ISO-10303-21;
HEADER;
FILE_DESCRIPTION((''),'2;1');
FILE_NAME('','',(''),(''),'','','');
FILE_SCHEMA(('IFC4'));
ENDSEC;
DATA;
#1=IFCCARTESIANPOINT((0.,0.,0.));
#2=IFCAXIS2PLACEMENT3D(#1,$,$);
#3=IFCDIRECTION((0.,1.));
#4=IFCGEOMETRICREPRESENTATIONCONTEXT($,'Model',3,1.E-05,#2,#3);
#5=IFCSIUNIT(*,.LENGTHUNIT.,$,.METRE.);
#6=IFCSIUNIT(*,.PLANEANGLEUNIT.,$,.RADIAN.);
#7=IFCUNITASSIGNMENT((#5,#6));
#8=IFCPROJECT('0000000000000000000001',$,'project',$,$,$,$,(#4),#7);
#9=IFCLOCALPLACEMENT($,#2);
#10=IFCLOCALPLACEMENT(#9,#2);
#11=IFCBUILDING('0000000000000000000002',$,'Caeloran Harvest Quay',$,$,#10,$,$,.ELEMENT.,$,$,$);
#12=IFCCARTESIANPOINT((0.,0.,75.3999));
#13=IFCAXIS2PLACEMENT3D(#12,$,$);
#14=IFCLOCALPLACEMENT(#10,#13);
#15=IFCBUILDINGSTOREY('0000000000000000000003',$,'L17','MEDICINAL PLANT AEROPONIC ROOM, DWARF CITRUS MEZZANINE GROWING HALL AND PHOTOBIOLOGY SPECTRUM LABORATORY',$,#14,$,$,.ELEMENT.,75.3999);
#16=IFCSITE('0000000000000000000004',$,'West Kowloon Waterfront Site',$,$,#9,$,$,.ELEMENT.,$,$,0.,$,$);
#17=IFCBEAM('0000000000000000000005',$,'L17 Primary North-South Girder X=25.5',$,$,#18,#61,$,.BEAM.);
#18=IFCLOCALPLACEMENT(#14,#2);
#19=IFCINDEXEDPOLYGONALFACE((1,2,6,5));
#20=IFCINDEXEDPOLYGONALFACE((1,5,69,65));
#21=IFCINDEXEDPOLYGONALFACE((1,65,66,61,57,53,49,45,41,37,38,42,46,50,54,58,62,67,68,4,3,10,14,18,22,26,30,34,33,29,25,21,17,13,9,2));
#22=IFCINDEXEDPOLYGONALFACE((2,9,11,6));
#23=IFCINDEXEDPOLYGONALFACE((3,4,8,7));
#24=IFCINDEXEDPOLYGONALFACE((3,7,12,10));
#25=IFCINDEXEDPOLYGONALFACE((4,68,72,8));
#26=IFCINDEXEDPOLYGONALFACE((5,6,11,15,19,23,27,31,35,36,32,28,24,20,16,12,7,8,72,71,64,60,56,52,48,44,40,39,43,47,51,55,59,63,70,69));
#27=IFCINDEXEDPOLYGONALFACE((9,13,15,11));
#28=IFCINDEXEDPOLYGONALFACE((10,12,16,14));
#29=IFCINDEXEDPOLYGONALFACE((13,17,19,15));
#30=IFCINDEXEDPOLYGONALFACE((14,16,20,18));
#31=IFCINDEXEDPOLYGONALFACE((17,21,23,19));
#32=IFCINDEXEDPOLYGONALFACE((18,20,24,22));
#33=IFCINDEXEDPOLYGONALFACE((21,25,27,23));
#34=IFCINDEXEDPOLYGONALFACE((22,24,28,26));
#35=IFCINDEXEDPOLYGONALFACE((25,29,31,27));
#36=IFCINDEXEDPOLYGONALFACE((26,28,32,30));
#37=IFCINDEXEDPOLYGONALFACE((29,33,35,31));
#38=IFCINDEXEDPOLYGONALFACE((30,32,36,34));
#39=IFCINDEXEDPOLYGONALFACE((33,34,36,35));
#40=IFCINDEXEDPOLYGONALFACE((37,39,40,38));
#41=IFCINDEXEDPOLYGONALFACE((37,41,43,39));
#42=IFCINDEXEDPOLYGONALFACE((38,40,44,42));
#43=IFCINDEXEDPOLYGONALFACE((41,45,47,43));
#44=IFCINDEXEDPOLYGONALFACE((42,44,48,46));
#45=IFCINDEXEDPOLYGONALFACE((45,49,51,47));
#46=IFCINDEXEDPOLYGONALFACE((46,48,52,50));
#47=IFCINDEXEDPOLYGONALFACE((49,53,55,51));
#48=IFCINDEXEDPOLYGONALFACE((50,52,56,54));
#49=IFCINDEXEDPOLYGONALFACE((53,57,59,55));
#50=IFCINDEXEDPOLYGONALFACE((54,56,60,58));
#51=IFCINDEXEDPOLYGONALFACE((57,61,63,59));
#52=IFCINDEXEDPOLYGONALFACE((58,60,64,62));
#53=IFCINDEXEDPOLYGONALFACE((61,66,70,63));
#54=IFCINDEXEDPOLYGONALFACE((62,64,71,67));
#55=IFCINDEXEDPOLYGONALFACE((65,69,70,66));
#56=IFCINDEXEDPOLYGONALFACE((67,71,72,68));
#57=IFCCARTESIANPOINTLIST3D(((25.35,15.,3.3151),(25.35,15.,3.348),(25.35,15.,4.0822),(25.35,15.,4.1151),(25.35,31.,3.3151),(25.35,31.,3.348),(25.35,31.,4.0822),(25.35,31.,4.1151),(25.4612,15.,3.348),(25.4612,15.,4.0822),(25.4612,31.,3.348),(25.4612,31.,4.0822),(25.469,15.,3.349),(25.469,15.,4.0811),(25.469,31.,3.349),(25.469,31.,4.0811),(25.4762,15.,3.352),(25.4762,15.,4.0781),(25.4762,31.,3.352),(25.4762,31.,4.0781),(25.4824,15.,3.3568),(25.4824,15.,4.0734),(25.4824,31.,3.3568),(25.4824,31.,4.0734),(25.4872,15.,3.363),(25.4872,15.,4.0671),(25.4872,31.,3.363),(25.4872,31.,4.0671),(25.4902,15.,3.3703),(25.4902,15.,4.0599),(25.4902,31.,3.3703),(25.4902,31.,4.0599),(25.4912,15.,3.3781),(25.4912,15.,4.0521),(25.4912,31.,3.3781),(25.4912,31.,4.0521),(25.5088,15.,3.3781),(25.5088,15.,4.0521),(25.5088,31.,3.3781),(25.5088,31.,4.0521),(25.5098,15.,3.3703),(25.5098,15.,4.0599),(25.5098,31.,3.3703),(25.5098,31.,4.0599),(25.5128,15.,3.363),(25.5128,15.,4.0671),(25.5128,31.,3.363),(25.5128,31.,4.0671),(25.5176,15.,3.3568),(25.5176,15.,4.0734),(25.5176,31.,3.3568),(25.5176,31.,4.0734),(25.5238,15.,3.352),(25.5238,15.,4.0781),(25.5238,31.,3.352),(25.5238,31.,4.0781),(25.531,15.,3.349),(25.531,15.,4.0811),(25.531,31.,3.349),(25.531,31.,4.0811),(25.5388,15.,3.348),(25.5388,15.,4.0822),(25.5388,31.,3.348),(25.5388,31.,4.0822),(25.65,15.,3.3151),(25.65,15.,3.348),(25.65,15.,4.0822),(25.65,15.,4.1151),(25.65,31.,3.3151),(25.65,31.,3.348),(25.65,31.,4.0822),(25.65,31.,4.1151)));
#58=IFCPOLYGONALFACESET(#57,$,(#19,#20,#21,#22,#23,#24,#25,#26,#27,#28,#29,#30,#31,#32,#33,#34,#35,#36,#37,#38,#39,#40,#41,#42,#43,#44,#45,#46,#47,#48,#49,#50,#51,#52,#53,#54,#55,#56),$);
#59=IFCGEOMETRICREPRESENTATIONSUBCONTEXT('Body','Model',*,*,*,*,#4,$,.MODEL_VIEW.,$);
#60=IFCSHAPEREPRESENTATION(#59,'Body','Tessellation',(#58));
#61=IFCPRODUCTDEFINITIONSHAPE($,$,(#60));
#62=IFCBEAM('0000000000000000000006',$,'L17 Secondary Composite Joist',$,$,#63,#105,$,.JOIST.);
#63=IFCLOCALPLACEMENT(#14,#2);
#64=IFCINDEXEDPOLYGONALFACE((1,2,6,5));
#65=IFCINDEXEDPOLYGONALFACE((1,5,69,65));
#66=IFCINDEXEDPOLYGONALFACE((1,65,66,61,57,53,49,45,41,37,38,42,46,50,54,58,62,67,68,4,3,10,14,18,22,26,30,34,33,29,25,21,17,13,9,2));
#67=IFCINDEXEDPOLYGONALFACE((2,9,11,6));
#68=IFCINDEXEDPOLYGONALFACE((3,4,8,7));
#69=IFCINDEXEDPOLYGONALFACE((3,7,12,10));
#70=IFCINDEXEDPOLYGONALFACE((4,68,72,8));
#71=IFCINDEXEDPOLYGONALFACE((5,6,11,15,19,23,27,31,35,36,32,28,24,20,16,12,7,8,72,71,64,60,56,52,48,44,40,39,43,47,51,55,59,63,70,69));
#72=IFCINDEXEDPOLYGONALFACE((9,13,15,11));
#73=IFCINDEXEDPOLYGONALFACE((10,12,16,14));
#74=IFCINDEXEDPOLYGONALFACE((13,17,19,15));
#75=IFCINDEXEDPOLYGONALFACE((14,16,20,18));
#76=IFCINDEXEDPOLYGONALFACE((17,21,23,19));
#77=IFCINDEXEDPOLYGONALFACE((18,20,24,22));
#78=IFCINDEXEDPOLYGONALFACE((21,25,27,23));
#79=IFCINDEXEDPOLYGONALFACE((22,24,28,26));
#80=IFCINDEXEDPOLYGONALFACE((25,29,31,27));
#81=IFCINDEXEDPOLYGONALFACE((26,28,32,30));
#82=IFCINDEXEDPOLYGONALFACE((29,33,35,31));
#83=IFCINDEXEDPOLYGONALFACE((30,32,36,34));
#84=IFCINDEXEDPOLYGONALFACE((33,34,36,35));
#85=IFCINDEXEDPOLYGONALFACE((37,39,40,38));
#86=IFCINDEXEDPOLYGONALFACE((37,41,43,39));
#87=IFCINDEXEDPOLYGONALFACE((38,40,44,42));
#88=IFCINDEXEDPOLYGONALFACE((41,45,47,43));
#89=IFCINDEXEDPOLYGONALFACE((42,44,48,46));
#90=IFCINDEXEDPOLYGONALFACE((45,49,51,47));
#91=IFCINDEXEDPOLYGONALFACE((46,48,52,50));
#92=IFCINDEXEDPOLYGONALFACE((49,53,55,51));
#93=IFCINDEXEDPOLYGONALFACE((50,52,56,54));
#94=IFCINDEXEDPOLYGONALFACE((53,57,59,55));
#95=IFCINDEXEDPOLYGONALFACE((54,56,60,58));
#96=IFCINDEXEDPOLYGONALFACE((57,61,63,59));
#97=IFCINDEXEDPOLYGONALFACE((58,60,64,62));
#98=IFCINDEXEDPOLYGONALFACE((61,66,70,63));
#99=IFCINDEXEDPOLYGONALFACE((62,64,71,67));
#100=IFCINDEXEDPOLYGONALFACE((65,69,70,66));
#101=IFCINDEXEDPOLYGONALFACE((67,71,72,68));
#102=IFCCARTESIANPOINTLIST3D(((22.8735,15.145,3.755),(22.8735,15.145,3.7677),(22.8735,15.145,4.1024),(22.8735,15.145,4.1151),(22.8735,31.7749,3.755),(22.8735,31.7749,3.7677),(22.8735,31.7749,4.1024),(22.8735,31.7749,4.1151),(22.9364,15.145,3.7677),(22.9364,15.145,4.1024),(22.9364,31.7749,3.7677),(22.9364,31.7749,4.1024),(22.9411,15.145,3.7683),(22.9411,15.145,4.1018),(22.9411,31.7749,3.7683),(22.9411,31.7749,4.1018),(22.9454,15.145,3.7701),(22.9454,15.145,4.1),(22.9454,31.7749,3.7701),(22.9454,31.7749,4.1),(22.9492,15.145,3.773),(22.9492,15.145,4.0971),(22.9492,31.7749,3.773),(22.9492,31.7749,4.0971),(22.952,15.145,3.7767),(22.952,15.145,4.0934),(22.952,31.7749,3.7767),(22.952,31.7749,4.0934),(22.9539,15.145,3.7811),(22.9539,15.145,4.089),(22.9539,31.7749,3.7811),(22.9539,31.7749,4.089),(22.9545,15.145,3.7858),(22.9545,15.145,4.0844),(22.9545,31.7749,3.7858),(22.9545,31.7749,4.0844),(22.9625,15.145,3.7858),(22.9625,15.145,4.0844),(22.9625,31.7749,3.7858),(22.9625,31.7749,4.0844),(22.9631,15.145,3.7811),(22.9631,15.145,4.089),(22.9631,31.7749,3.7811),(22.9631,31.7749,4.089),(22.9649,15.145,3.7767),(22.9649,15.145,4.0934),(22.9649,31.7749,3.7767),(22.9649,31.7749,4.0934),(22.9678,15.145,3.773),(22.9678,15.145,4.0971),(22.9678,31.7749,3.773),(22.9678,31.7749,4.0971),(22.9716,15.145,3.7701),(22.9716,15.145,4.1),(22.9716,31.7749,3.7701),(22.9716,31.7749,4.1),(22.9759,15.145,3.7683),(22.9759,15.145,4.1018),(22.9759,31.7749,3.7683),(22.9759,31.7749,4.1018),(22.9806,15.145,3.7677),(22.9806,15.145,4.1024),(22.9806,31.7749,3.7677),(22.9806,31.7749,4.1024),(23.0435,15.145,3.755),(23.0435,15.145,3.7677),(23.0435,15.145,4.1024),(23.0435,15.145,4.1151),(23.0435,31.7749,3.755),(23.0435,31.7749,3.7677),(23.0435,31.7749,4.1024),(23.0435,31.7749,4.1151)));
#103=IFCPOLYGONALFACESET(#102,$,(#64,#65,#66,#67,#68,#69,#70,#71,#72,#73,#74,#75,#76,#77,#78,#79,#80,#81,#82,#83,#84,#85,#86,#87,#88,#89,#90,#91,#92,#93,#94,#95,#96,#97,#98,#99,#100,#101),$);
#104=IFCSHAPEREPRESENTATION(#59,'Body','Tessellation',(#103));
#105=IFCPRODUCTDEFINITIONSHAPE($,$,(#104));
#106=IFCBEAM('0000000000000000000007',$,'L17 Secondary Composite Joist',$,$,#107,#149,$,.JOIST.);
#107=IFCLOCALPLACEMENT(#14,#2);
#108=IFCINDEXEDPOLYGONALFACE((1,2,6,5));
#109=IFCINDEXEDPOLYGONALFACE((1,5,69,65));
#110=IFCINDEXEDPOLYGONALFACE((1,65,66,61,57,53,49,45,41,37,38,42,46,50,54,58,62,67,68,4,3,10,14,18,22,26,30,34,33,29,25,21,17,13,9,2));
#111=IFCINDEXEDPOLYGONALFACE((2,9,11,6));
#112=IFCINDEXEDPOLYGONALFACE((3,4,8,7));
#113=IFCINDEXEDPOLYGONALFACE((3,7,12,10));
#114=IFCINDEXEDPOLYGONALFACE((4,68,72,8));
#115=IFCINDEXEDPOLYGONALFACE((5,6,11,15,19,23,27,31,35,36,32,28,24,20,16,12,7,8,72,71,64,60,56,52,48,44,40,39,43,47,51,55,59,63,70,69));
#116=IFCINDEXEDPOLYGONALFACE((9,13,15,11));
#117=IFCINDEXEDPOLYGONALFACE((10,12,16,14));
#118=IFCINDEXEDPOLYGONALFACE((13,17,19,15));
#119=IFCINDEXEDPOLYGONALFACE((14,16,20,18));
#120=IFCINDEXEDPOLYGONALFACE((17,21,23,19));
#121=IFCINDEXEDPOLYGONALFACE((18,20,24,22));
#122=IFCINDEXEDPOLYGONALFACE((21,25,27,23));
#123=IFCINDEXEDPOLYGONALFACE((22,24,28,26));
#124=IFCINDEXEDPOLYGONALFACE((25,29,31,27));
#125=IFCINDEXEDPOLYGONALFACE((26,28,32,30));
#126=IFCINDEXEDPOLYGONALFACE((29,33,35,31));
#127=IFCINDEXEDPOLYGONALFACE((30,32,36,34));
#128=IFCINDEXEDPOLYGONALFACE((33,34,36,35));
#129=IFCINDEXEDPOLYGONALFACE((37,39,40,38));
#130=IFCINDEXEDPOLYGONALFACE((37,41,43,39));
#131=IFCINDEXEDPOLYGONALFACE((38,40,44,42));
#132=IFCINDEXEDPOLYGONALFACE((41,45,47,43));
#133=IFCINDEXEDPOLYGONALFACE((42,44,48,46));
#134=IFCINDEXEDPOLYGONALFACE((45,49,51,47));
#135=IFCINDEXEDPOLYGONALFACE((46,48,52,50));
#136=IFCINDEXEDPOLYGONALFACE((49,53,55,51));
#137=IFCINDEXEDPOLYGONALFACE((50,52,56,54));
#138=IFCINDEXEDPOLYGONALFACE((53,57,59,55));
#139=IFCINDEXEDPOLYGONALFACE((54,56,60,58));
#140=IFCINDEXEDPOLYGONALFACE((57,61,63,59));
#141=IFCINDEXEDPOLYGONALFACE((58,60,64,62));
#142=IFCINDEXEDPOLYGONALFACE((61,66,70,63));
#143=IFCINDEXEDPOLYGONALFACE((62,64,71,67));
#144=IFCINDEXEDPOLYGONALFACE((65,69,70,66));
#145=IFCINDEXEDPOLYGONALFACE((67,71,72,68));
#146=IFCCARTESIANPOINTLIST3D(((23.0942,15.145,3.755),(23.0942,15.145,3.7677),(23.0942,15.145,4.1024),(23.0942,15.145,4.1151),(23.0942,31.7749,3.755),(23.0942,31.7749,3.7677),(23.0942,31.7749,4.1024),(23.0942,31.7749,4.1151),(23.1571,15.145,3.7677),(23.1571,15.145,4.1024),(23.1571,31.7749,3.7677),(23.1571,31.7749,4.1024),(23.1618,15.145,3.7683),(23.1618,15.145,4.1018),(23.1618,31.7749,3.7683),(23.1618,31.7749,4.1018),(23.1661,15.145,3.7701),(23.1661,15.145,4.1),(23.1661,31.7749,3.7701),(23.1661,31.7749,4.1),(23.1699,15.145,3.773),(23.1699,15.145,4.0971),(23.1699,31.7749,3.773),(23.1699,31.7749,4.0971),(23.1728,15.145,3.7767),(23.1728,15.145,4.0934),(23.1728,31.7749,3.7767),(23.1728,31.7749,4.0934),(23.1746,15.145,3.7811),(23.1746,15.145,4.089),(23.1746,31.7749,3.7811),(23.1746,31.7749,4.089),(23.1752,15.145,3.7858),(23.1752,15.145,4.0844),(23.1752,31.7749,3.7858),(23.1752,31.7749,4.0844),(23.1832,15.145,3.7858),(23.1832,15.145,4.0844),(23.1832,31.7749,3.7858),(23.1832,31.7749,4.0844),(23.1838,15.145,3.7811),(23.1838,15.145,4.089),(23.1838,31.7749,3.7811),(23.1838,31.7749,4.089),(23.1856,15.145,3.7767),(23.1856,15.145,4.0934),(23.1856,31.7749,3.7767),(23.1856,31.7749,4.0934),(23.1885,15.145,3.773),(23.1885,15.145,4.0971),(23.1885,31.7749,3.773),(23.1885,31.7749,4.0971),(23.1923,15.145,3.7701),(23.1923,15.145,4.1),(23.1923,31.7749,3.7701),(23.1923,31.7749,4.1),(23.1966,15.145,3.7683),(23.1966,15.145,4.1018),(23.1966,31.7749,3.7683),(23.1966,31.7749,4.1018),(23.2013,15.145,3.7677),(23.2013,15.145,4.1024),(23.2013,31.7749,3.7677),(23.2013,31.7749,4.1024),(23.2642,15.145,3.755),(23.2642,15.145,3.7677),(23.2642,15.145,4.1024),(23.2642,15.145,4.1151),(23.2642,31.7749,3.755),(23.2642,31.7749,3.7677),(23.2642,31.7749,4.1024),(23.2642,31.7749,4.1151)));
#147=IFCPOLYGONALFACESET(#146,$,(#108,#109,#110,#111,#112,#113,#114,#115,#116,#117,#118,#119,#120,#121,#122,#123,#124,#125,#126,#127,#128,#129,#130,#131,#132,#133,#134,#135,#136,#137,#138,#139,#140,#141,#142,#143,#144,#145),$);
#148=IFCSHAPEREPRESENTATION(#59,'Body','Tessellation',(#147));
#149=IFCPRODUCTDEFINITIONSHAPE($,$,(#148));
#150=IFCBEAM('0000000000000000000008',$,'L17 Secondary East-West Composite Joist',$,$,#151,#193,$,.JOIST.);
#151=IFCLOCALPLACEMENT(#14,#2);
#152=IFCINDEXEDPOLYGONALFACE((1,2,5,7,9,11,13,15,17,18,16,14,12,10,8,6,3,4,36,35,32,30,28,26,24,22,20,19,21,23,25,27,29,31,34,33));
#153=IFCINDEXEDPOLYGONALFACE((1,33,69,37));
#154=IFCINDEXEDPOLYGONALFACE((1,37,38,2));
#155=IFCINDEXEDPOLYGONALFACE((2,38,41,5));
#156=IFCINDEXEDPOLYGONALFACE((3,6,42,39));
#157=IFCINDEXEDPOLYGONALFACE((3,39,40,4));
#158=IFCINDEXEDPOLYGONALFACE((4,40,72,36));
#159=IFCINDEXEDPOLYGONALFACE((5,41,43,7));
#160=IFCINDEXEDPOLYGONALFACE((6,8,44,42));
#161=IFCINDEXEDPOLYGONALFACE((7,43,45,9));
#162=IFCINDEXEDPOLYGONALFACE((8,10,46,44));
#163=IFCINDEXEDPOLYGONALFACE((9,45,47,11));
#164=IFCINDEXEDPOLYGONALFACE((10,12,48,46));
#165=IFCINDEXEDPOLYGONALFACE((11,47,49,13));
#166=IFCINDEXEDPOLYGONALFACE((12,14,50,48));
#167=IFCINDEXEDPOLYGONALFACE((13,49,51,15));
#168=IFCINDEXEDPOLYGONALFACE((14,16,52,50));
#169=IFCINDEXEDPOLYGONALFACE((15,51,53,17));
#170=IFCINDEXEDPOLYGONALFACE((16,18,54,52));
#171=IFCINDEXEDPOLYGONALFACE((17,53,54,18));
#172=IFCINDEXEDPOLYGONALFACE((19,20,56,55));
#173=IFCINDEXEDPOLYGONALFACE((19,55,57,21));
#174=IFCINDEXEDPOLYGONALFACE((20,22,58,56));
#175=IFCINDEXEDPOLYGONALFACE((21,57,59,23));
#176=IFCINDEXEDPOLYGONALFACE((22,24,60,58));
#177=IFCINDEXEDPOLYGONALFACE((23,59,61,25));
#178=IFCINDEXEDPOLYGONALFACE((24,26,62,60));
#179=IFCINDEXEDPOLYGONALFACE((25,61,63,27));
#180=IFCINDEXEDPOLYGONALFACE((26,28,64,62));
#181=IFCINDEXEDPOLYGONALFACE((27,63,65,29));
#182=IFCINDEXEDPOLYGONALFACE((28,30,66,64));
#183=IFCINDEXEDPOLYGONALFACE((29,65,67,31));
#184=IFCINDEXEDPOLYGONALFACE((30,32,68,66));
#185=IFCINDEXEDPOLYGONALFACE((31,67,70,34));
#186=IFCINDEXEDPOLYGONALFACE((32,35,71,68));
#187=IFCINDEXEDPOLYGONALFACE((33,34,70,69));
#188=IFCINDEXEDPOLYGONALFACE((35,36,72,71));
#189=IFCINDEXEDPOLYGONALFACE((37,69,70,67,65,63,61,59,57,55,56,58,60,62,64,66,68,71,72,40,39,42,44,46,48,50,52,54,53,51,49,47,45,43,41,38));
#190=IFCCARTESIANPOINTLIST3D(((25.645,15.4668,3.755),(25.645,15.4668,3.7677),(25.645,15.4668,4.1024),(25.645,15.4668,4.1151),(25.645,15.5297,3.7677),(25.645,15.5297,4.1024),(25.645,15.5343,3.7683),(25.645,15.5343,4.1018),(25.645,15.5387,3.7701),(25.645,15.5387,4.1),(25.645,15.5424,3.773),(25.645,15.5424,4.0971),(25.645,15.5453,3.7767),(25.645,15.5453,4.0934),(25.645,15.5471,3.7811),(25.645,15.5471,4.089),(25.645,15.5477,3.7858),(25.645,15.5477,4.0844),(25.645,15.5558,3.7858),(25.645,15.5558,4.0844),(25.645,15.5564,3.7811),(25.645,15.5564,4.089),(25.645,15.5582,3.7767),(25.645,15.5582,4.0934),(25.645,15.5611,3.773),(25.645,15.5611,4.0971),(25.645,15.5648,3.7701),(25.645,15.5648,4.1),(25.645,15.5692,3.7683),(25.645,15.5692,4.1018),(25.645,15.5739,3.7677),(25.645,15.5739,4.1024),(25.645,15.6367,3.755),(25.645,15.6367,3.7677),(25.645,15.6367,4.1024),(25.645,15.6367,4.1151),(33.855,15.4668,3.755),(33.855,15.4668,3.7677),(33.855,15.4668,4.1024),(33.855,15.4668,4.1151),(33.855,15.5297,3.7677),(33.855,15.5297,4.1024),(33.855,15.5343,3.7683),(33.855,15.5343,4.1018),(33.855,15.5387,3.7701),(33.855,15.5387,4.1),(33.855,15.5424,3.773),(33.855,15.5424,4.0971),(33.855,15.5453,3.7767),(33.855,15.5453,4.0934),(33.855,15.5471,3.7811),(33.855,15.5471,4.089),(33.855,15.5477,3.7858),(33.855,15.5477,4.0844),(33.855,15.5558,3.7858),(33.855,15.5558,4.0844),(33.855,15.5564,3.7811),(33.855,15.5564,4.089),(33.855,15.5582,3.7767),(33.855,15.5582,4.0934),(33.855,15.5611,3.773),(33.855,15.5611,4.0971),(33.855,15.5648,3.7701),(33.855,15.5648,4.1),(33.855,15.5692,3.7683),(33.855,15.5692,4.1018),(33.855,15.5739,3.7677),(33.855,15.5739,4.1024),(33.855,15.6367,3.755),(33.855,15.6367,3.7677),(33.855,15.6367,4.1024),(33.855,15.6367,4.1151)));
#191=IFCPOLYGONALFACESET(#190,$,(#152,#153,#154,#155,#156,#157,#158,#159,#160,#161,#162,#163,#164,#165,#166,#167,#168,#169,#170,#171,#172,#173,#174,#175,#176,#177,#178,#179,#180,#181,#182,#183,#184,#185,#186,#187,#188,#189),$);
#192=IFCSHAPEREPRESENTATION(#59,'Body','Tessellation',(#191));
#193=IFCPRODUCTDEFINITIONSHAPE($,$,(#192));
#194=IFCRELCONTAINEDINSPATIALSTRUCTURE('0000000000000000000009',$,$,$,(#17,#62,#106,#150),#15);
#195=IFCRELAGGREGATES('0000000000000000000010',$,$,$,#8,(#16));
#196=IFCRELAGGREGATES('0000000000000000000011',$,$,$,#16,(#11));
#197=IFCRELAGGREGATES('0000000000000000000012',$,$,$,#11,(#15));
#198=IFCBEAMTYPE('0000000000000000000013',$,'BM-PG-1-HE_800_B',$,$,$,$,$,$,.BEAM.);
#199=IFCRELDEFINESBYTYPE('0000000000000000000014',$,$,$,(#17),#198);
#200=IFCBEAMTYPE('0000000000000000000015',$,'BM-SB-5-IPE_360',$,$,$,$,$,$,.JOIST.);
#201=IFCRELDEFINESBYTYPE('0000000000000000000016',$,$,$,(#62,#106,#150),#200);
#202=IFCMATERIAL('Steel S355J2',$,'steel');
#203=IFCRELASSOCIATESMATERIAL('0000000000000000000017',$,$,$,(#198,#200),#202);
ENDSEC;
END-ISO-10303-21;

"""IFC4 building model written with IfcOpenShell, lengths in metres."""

from ifc_helpers import new_model, si_unit, direction, frame, origin, origin_2d, place, context, subcontext, project, spatial, i_section, extrude, material, material_profile, profile_set, type_object, element, save


model = new_model("IFC4")

# Units and contexts
model_context = context("Model", 3, precision=1e-05, world=origin(), true_north=direction((0.0, 1.0)))
body_context = subcontext(model_context, "Body", "Model", "MODEL_VIEW")
ifc_project = project(units=[si_unit("LENGTHUNIT", "METRE"), si_unit("PLANEANGLEUNIT", "RADIAN")], contexts=[model_context])

# Site, building, storey
site_placement = place(None, origin())
site = spatial("IfcSite", under=ifc_project, at=site_placement, Name="West Kowloon Waterfront Site", CompositionType="ELEMENT", RefElevation=0.0)
building_placement = place(site_placement, origin())
building = spatial("IfcBuilding", under=site, at=building_placement, Name="Caeloran Harvest Quay", CompositionType="ELEMENT")
storey_placement = place(building_placement, frame((0.0, 0.0, 75.3999)))
storey = spatial("IfcBuildingStorey", under=building, at=storey_placement, Name="L17", Description="MEDICINAL PLANT AEROPONIC ROOM, DWARF CITRUS MEZZANINE GROWING HALL AND PHOTOBIOLOGY SPECTRUM LABORATORY", CompositionType="ELEMENT", Elevation=75.3999)

# Beams
ifc_material_1 = material(Name="Steel S355J2", Category="steel")
ifc_material_profile_1 = material_profile(ifc_material_1, i_section(OverallWidth=0.3, OverallDepth=0.8, WebThickness=0.0176, FlangeThickness=0.033, FilletRadius=0.03, at=origin_2d()), Name="HE 800 B")
ifc_profile_set_1 = profile_set([ifc_material_profile_1], Name="Steel S355J2")
beam_type_1 = type_object("IfcBeamType", Name="BM-PG-1-HE_800_B", PredefinedType="BEAM", material=ifc_profile_set_1)
beam_placement = place(storey_placement, frame((25.5, 15.0, 3.7151), z_axis=(0.0, 1.0, 0.0), x_axis=(-1.0, 0.0, 0.0)))
element("IfcBeam", 1, at=beam_placement, inside=storey, type_object=beam_type_1, Name="L17 Primary North-South Girder X=25.5", PredefinedType="BEAM", context=body_context, shape_type="SweptSolid", body=[
    extrude(i_section(OverallWidth=0.3, OverallDepth=0.8, WebThickness=0.0176, FlangeThickness=0.033, FilletRadius=0.03, at=origin_2d()), origin(), (0.0, 0.0, 1.0), 16.0),
])
ifc_material_profile_2 = material_profile(ifc_material_1, i_section(OverallWidth=0.1699, OverallDepth=0.3601, WebThickness=0.0081, FlangeThickness=0.0127, FilletRadius=0.0181, at=origin_2d()), Name="IPE 360")
ifc_profile_set_2 = profile_set([ifc_material_profile_2], Name="Steel S355J2")
beam_type_2 = type_object("IfcBeamType", Name="BM-SB-5-IPE_360", PredefinedType="JOIST", material=ifc_profile_set_2)
for number, where, z_axis, x_axis, name in (
    (2, (22.9585, 15.145, 3.9351), (0.0, 1.0, 0.0), (-1.0, 0.0, 0.0), "L17 Secondary Composite Joist"),
    (3, (23.1792, 15.145, 3.9351), (0.0, 1.0, 0.0), (-1.0, 0.0, 0.0), "L17 Secondary Composite Joist"),
):
    element("IfcBeam", number, at=place(storey_placement, frame(where, z_axis=z_axis, x_axis=x_axis)), inside=storey, type_object=beam_type_2, Name=name, PredefinedType="JOIST", context=body_context, shape_type="SweptSolid", body=[
        extrude(i_section(OverallWidth=0.1699, OverallDepth=0.3601, WebThickness=0.0081, FlangeThickness=0.0127, FilletRadius=0.0181, at=origin_2d()), origin(), (0.0, 0.0, 1.0), 16.6299),
    ])
for number, where, z_axis, x_axis, name in (
    (4, (25.645, 15.5518, 3.9351), (1.0, 0.0, 0.0), (0.0, 1.0, 0.0), "L17 Secondary East-West Composite Joist"),
):
    element("IfcBeam", number, at=place(storey_placement, frame(where, z_axis=z_axis, x_axis=x_axis)), inside=storey, type_object=beam_type_2, Name=name, PredefinedType="JOIST", context=body_context, shape_type="SweptSolid", body=[
        extrude(i_section(OverallWidth=0.1699, OverallDepth=0.3601, WebThickness=0.0081, FlangeThickness=0.0127, FilletRadius=0.0181, at=origin_2d()), origin(), (0.0, 0.0, 1.0), 8.21),
    ])

save(model, "model.ifc")
